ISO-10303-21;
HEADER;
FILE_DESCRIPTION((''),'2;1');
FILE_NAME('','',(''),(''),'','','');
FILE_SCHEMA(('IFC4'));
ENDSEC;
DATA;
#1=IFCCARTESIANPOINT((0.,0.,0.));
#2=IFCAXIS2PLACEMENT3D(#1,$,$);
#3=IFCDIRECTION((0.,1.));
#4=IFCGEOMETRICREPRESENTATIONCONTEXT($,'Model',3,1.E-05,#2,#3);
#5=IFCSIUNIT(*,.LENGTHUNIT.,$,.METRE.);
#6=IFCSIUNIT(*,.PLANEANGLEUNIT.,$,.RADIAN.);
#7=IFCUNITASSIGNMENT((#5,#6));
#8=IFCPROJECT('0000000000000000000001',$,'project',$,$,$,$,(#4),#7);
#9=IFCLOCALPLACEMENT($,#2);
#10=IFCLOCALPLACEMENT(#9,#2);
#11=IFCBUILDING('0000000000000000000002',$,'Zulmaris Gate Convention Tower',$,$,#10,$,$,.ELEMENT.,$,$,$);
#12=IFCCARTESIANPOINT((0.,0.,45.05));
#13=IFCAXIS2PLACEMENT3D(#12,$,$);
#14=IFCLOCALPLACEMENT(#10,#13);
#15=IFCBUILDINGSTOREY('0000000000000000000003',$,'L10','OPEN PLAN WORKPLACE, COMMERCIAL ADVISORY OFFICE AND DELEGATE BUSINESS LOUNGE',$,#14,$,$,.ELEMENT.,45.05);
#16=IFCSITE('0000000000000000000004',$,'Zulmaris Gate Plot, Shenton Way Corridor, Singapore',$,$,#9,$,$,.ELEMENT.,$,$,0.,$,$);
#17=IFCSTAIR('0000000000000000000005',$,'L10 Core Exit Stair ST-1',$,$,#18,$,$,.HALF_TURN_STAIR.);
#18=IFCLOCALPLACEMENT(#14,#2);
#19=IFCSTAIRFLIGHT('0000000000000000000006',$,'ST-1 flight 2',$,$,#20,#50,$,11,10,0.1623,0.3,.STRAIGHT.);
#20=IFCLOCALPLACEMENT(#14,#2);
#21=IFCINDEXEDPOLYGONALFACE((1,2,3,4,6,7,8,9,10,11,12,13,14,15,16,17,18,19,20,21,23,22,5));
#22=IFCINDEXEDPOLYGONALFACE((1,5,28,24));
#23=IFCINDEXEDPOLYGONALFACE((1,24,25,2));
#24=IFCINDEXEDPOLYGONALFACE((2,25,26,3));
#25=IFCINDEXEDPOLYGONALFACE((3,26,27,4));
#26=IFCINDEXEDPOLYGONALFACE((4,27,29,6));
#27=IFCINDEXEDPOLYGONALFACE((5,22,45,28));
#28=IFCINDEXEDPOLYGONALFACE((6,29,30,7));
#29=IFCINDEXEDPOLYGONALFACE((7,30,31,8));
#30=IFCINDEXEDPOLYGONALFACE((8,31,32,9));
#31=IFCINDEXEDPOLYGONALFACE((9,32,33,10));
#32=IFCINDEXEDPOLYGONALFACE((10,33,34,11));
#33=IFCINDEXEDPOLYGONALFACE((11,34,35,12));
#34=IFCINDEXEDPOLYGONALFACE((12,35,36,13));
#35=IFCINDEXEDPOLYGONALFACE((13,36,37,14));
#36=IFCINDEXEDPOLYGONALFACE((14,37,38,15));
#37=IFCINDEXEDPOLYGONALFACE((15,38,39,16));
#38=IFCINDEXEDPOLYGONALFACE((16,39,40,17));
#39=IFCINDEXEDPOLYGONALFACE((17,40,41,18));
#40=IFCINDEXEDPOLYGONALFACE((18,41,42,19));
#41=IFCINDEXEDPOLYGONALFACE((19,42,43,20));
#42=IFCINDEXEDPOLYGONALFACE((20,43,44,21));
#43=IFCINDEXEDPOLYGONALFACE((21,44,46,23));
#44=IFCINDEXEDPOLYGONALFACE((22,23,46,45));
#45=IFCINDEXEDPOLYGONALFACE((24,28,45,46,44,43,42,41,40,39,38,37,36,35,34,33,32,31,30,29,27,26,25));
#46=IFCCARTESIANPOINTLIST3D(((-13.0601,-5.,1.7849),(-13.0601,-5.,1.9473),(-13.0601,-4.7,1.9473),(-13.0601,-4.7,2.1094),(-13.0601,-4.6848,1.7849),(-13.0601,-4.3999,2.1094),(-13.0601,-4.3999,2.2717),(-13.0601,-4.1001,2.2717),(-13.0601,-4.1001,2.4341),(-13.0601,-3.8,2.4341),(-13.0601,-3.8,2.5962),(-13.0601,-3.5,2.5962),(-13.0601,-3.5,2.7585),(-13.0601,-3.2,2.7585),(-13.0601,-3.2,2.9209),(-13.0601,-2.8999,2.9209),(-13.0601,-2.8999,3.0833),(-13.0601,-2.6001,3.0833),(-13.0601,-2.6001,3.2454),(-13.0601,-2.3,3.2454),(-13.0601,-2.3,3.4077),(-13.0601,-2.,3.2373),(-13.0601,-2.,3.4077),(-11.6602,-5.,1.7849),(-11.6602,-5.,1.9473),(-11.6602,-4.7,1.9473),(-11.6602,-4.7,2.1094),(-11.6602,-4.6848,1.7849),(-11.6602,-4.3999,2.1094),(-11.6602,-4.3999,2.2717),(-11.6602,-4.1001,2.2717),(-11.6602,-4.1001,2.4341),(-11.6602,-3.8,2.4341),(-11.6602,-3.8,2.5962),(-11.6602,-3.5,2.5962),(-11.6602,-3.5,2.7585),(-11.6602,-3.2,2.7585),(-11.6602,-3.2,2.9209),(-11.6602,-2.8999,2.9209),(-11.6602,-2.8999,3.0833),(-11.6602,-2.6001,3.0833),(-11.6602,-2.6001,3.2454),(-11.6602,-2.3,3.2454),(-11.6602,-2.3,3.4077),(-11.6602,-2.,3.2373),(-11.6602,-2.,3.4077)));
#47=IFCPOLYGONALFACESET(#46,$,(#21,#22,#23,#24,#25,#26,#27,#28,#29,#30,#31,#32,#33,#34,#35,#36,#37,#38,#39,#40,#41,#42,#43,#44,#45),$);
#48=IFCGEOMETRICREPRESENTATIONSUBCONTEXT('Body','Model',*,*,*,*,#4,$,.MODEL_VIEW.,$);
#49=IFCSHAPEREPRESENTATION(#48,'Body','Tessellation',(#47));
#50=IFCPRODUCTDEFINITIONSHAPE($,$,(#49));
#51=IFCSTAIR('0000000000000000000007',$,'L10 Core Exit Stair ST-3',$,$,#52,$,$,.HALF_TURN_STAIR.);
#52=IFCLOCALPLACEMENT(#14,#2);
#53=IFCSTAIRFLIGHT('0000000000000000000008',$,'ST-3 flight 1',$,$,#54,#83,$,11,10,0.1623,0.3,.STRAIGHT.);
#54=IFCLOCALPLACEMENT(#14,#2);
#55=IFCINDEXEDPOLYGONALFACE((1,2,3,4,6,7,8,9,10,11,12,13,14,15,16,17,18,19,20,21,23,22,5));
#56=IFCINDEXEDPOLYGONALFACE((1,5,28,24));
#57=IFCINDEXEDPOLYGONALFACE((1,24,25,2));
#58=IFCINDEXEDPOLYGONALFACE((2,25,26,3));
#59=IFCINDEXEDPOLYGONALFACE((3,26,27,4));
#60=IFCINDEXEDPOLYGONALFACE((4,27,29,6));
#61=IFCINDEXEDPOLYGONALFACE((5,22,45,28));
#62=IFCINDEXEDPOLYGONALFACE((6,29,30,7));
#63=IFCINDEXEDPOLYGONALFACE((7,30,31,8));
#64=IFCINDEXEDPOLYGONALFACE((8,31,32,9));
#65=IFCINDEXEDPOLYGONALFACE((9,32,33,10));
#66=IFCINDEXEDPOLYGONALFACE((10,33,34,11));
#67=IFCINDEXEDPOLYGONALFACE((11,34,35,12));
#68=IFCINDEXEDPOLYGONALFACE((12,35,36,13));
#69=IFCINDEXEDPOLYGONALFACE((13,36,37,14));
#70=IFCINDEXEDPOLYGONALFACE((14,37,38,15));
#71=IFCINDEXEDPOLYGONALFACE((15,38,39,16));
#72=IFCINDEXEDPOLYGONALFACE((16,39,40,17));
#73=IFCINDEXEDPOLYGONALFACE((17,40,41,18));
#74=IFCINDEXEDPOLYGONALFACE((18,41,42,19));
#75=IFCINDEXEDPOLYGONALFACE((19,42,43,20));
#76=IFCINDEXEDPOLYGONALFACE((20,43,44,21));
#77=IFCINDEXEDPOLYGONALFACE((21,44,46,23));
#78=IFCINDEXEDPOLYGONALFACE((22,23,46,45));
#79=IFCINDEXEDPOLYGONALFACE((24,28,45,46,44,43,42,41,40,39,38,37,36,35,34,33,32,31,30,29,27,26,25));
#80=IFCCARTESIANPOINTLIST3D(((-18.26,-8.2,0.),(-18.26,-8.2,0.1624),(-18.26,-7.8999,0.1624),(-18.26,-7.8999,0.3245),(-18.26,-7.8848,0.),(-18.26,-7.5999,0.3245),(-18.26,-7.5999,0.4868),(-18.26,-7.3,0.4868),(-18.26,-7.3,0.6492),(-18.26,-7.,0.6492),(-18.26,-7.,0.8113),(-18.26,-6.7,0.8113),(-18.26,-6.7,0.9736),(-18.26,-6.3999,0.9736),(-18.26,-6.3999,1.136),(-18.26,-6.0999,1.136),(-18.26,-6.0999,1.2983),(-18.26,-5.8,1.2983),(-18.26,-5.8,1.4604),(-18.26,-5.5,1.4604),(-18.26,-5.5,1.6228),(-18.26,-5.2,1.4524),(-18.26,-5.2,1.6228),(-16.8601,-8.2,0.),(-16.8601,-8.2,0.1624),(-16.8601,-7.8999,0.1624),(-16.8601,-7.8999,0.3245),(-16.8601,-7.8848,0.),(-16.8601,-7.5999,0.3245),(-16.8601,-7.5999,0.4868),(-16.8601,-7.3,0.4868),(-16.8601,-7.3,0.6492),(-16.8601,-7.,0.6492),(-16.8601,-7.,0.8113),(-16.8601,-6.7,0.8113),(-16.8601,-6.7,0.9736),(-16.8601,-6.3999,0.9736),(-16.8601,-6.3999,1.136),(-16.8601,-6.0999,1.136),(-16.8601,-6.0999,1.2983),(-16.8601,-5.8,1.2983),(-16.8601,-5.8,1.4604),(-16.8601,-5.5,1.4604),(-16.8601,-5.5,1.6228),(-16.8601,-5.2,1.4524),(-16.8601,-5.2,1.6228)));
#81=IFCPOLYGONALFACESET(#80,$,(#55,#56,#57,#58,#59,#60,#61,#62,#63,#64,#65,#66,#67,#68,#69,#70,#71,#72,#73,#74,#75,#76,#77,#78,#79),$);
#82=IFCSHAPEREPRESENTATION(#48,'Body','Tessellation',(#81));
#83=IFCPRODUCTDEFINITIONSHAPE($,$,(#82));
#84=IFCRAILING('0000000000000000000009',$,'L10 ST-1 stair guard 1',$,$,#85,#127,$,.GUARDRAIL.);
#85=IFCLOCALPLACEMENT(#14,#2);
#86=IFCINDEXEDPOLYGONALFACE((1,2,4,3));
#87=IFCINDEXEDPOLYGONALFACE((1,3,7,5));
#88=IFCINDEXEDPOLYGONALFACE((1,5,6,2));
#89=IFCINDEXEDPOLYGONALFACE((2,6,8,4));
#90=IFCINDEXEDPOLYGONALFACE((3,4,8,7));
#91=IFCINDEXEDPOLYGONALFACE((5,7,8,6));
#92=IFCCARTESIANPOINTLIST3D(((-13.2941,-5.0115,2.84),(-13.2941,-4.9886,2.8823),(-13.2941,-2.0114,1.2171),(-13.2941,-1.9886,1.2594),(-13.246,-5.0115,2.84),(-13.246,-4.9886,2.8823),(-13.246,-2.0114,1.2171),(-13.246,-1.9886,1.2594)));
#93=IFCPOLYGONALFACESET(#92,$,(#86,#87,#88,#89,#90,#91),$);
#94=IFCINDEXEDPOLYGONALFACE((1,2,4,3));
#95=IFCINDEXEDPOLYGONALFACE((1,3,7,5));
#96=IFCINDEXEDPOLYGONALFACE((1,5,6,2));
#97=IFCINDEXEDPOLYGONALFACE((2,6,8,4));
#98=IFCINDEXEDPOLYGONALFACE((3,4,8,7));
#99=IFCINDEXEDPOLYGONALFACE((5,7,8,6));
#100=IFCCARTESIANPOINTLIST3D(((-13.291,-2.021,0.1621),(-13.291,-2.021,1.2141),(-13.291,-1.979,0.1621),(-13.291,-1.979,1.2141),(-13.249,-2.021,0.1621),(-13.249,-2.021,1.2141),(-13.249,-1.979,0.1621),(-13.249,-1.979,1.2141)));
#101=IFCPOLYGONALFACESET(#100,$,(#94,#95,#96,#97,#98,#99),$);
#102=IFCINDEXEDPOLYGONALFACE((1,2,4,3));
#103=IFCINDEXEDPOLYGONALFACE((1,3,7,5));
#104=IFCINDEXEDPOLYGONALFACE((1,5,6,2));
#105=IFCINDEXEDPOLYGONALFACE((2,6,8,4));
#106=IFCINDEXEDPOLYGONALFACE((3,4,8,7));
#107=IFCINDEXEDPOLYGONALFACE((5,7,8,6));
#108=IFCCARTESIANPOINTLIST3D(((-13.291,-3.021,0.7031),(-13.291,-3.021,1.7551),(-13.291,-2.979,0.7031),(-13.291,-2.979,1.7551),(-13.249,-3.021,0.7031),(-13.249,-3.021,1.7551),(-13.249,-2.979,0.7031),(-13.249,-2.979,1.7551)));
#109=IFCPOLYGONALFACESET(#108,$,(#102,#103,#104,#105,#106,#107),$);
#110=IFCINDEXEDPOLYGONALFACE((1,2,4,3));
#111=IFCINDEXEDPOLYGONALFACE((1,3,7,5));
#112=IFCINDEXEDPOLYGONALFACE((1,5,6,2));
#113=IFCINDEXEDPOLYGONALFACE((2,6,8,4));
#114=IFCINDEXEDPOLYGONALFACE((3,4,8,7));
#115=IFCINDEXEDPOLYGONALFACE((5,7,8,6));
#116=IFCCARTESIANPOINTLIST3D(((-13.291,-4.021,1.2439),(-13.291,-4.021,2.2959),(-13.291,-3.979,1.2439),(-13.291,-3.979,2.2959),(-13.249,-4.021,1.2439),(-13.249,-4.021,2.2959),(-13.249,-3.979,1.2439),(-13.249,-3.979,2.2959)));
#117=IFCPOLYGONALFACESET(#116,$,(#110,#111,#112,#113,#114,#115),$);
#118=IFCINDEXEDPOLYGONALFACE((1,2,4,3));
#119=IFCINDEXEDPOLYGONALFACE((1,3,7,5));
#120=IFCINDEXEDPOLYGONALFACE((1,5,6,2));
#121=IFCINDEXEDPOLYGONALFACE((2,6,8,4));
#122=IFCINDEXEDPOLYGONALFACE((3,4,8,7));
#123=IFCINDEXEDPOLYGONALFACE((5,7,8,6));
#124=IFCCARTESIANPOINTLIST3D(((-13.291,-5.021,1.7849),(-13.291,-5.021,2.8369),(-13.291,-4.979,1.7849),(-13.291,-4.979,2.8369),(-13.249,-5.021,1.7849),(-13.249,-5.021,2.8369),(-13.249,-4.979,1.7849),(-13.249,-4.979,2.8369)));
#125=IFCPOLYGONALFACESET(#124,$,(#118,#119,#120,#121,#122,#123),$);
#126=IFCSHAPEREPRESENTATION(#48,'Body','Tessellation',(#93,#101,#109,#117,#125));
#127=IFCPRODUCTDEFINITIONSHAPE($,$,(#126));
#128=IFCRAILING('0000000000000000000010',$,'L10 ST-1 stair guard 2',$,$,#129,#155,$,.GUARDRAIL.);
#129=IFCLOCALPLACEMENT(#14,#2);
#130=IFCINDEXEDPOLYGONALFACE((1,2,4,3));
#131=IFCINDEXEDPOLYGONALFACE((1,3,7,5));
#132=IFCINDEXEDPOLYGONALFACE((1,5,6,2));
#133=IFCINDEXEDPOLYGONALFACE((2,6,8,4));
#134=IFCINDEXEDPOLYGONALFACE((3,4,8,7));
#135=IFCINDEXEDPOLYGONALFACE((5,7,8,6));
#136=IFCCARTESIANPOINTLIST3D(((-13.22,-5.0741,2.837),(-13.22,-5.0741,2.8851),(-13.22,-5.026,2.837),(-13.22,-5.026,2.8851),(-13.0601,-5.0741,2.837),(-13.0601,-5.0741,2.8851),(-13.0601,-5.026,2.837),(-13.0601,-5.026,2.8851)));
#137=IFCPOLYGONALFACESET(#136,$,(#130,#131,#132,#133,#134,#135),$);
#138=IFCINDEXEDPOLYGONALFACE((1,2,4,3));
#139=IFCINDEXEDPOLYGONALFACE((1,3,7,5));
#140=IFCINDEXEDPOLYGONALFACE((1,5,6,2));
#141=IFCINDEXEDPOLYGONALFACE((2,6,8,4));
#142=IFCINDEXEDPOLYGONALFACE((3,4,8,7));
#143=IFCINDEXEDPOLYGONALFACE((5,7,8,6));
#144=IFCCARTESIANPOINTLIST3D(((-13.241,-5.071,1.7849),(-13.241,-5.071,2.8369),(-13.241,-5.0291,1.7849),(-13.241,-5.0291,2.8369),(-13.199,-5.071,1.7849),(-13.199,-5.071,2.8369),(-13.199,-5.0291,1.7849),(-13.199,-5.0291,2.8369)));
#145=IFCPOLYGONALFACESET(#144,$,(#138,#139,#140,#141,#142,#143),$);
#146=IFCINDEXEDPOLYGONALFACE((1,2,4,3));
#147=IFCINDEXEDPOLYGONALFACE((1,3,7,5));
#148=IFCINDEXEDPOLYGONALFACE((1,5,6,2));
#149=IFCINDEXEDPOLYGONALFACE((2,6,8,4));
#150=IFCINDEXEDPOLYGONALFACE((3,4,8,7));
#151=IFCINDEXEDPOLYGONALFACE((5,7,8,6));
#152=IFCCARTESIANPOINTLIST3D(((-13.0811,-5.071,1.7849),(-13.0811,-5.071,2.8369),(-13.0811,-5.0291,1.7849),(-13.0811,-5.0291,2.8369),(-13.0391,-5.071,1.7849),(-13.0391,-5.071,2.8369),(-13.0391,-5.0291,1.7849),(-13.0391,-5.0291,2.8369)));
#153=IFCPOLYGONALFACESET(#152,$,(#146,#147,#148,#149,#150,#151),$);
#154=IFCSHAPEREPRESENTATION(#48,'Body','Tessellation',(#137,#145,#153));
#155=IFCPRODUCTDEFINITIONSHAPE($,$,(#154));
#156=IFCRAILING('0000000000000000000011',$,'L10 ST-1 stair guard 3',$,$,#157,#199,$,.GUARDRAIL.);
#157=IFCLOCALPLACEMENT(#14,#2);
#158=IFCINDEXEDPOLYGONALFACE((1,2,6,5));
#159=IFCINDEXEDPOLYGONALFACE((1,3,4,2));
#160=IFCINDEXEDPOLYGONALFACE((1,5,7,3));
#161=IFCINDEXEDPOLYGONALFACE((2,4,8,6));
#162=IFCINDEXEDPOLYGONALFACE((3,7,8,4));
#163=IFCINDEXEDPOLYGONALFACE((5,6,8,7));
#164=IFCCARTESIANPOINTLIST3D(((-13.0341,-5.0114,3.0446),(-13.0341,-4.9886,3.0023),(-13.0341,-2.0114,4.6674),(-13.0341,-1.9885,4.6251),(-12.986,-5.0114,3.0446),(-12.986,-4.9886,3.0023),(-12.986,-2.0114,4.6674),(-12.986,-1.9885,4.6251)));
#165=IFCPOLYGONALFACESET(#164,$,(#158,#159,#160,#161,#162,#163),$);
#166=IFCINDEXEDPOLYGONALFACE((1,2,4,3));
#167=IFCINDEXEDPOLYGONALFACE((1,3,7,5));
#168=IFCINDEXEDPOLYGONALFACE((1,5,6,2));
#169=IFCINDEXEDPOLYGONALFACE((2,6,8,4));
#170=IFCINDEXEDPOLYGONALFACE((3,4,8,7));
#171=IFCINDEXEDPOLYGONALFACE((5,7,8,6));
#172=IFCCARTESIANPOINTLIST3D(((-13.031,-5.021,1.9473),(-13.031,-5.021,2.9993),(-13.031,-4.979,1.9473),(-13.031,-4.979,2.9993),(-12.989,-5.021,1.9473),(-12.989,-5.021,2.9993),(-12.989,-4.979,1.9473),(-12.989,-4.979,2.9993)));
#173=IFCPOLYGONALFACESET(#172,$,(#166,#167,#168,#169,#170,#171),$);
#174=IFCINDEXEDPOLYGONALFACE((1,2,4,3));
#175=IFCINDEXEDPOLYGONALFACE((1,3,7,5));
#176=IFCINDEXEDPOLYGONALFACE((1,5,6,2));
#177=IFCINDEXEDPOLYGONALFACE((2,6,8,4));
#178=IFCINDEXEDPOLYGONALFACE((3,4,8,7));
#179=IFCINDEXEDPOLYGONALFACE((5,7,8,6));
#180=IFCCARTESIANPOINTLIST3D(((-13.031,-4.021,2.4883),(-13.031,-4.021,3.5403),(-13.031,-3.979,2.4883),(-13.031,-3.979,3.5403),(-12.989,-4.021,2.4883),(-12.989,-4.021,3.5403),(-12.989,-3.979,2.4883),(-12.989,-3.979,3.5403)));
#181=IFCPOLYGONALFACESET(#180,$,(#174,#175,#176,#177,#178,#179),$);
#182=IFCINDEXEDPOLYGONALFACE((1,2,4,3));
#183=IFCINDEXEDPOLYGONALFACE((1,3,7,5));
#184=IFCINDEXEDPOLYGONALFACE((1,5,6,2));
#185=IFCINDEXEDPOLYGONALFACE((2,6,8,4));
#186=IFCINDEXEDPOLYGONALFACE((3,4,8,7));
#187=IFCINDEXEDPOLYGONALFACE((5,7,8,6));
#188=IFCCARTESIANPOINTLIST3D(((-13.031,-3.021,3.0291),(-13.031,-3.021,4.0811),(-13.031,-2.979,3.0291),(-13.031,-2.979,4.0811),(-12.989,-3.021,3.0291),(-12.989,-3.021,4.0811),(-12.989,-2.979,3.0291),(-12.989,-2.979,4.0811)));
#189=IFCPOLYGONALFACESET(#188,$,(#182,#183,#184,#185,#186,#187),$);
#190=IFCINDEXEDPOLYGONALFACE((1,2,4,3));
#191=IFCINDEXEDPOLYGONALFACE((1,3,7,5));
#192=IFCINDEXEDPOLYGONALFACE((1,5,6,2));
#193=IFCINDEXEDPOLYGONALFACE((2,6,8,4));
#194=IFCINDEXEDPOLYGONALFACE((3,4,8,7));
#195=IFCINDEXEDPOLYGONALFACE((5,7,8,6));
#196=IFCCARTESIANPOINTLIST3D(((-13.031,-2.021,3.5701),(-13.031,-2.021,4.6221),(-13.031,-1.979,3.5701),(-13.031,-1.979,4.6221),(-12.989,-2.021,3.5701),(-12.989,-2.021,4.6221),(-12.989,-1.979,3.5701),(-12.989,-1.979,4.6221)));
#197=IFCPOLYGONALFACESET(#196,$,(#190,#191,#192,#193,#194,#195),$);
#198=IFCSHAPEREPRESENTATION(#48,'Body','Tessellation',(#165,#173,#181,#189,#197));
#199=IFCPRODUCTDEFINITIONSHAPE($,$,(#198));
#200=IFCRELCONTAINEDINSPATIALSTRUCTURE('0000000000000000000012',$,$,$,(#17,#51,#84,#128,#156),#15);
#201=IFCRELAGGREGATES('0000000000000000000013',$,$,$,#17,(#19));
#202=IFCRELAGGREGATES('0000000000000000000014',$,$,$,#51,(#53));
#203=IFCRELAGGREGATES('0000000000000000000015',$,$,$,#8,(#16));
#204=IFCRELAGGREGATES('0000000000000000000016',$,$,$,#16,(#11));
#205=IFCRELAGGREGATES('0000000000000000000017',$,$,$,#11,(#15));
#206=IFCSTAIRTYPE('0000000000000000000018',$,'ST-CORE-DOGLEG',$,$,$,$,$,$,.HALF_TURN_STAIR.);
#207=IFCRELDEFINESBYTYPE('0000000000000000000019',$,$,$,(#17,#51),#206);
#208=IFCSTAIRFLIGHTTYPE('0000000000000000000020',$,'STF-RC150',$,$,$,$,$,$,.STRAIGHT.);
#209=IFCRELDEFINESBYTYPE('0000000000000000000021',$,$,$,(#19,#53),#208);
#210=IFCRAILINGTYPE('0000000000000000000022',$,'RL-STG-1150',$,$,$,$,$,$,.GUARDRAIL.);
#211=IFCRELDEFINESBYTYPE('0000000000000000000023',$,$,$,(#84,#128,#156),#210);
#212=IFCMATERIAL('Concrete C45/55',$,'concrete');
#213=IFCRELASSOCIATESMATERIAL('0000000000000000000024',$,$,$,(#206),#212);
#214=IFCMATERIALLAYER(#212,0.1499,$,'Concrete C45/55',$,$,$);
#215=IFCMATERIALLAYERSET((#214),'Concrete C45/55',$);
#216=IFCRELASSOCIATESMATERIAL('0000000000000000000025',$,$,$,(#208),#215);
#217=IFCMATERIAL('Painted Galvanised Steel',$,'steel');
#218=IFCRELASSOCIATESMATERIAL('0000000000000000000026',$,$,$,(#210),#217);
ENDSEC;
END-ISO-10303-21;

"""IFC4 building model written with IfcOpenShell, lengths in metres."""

from ifc_helpers import new_model, si_unit, direction, frame, origin, origin_2d, place, context, subcontext, project, spatial, polyline, rectangle, outline, extrude, material, layer, layer_set, type_object, element, aggregate, save


model = new_model("IFC4")

# Units and contexts
model_context = context("Model", 3, precision=1e-05, world=origin(), true_north=direction((0.0, 1.0)))
body_context = subcontext(model_context, "Body", "Model", "MODEL_VIEW")
ifc_project = project(units=[si_unit("LENGTHUNIT", "METRE"), si_unit("PLANEANGLEUNIT", "RADIAN")], contexts=[model_context])

# Site, building, storey
site_placement = place(None, origin())
site = spatial("IfcSite", under=ifc_project, at=site_placement, Name="Zulmaris Gate Plot, Shenton Way Corridor, Singapore", CompositionType="ELEMENT", RefElevation=0.0)
building_placement = place(site_placement, origin())
building = spatial("IfcBuilding", under=site, at=building_placement, Name="Zulmaris Gate Convention Tower", CompositionType="ELEMENT")
storey_placement = place(building_placement, frame((0.0, 0.0, 45.05)))
storey = spatial("IfcBuildingStorey", under=building, at=storey_placement, Name="L10", Description="OPEN PLAN WORKPLACE, COMMERCIAL ADVISORY OFFICE AND DELEGATE BUSINESS LOUNGE", CompositionType="ELEMENT", Elevation=45.05)

# Stair, stair flight
ifc_material_1 = material(Name="Concrete C45/55", Category="concrete")
stair_type = type_object("IfcStairType", Name="ST-CORE-DOGLEG", PredefinedType="HALF_TURN_STAIR", material=ifc_material_1)
stair_1_placement = place(storey_placement, origin())
stair_1 = element("IfcStair", 1, at=stair_1_placement, inside=storey, type_object=stair_type, Name="L10 Core Exit Stair ST-1", PredefinedType="HALF_TURN_STAIR")
ifc_layer_1 = layer(ifc_material_1, 0.1499, Name="Concrete C45/55")
ifc_layer_set_1 = layer_set([ifc_layer_1], Name="Concrete C45/55")
stair_flight_type = type_object("IfcStairFlightType", Name="STF-RC150", PredefinedType="STRAIGHT", material=ifc_layer_set_1)
stair_flight_1_placement = place(storey_placement, frame((-12.3601, -5.0, 1.7849), z_axis=(0.0, 0.0, 1.0), x_axis=(0.0, 1.0, 0.0)))
stair_flight_1 = element("IfcStairFlight", 2, at=stair_flight_1_placement, type_object=stair_flight_type, Name="ST-1 flight 2", NumberOfRisers=11, NumberOfTreads=10, PredefinedType="STRAIGHT", RiserHeight=0.1623, TreadLength=0.3, context=body_context, shape_type="SweptSolid", body=[
    extrude(outline(polyline([(0.0, 0.0), (0.0, 0.1624), (0.3, 0.1624), (0.3, 0.3245), (0.6001, 0.3245), (0.6001, 0.4868), (0.8999, 0.4868), (0.8999, 0.6492), (1.2, 0.6492), (1.2, 0.8113), (1.5, 0.8113), (1.5, 0.9736), (1.8, 0.9736), (1.8, 1.136), (2.1001, 1.136), (2.1001, 1.2983), (2.3999, 1.2983), (2.3999, 1.4604), (2.7, 1.4604), (2.7, 1.6228), (3.0, 1.6228), (3.0, 1.7852), (3.0, 1.4524), (0.3152, 0.0), (0.0, 0.0)])), frame((0.0, 0.7, 0.0), z_axis=(0.0, -1.0, 0.0), x_axis=(1.0, 0.0, 0.0)), (0.0, 0.0, 1.0), 1.3999),
])
aggregate(stair_1, [stair_flight_1])

# Stair, stair flight
stair_2_placement = place(storey_placement, origin())
stair_2 = element("IfcStair", 3, at=stair_2_placement, inside=storey, type_object=stair_type, Name="L10 Core Exit Stair ST-3", PredefinedType="HALF_TURN_STAIR")
stair_flight_2_placement = place(storey_placement, frame((-17.5601, -8.2, 0.0), z_axis=(0.0, 0.0, 1.0), x_axis=(0.0, 1.0, 0.0)))
stair_flight_2 = element("IfcStairFlight", 4, at=stair_flight_2_placement, type_object=stair_flight_type, Name="ST-3 flight 1", NumberOfRisers=11, NumberOfTreads=10, PredefinedType="STRAIGHT", RiserHeight=0.1623, TreadLength=0.3, context=body_context, shape_type="SweptSolid", body=[
    extrude(outline(polyline([(0.0, 0.0), (0.0, 0.1624), (0.3, 0.1624), (0.3, 0.3245), (0.6001, 0.3245), (0.6001, 0.4868), (0.8999, 0.4868), (0.8999, 0.6492), (1.2, 0.6492), (1.2, 0.8113), (1.5, 0.8113), (1.5, 0.9736), (1.8, 0.9736), (1.8, 1.136), (2.1001, 1.136), (2.1001, 1.2983), (2.3999, 1.2983), (2.3999, 1.4604), (2.7, 1.4604), (2.7, 1.6228), (3.0, 1.6228), (3.0, 1.7852), (3.0, 1.4524), (0.3152, 0.0), (0.0, 0.0)])), frame((0.0, 0.7, 0.0), z_axis=(0.0, -1.0, 0.0), x_axis=(1.0, 0.0, 0.0)), (0.0, 0.0, 1.0), 1.3999),
])
aggregate(stair_2, [stair_flight_2])

# Railings
ifc_material_2 = material(Name="Painted Galvanised Steel", Category="steel")
railing_type_1 = type_object("IfcRailingType", Name="RL-STG-1150", PredefinedType="GUARDRAIL", material=ifc_material_2)
railing_1_placement = place(storey_placement, frame((-13.27, -2.0, 0.1621)))
element("IfcRailing", 5, at=railing_1_placement, inside=storey, type_object=railing_type_1, Name="L10 ST-1 stair guard 1", PredefinedType="GUARDRAIL", context=body_context, shape_type="SweptSolid", body=[
    extrude(rectangle(XDim=0.0481, YDim=0.0481, at=origin_2d()), frame((0.0, 0.0, 1.0762), z_axis=(0.0, -0.879562, 0.475785), x_axis=(1.0, 0.0, 0.0)), (0.0, 0.0, 1.0), 3.4109),
    extrude(rectangle(XDim=0.042, YDim=0.042, at=origin_2d()), origin(), (0.0, 0.0, 1.0), 1.052),
    extrude(rectangle(XDim=0.042, YDim=0.042, at=origin_2d()), frame((0.0, -1.0, 0.541)), (0.0, 0.0, 1.0), 1.052),
    extrude(rectangle(XDim=0.042, YDim=0.042, at=origin_2d()), frame((0.0, -2.0, 1.0818)), (0.0, 0.0, 1.0), 1.052),
    extrude(rectangle(XDim=0.042, YDim=0.042, at=origin_2d()), frame((0.0, -3.0, 1.6228)), (0.0, 0.0, 1.0), 1.052),
])
railing_2_placement = place(storey_placement, frame((-13.22, -5.05, 1.7849)))
element("IfcRailing", 6, at=railing_2_placement, inside=storey, type_object=railing_type_1, Name="L10 ST-1 stair guard 2", PredefinedType="GUARDRAIL", context=body_context, shape_type="SweptSolid", body=[
    extrude(rectangle(XDim=0.0481, YDim=0.0481, at=origin_2d()), frame((0.0, 0.0, 1.0762), z_axis=(1.0, 0.0, 0.0), x_axis=(0.0, 1.0, 0.0)), (0.0, 0.0, 1.0), 0.1599),
    extrude(rectangle(XDim=0.042, YDim=0.042, at=origin_2d()), origin(), (0.0, 0.0, 1.0), 1.052),
    extrude(rectangle(XDim=0.042, YDim=0.042, at=origin_2d()), frame((0.1599, 0.0, 0.0)), (0.0, 0.0, 1.0), 1.052),
])
railing_3_placement = place(storey_placement, frame((-13.01, -5.0, 1.9473)))
element("IfcRailing", 7, at=railing_3_placement, inside=storey, type_object=railing_type_1, Name="L10 ST-1 stair guard 3", PredefinedType="GUARDRAIL", context=body_context, shape_type="SweptSolid", body=[
    extrude(rectangle(XDim=0.0481, YDim=0.0481, at=origin_2d()), frame((0.0, 0.0, 1.0762), z_axis=(0.0, 0.879562, 0.475785), x_axis=(-1.0, 0.0, 0.0)), (0.0, 0.0, 1.0), 3.4109),
    extrude(rectangle(XDim=0.042, YDim=0.042, at=origin_2d()), origin(), (0.0, 0.0, 1.0), 1.052),
    extrude(rectangle(XDim=0.042, YDim=0.042, at=origin_2d()), frame((0.0, 1.0, 0.541)), (0.0, 0.0, 1.0), 1.052),
    extrude(rectangle(XDim=0.042, YDim=0.042, at=origin_2d()), frame((0.0, 2.0, 1.0818)), (0.0, 0.0, 1.0), 1.052),
    extrude(rectangle(XDim=0.042, YDim=0.042, at=origin_2d()), frame((0.0, 3.0, 1.6228)), (0.0, 0.0, 1.0), 1.052),
])

save(model, "model.ifc")
